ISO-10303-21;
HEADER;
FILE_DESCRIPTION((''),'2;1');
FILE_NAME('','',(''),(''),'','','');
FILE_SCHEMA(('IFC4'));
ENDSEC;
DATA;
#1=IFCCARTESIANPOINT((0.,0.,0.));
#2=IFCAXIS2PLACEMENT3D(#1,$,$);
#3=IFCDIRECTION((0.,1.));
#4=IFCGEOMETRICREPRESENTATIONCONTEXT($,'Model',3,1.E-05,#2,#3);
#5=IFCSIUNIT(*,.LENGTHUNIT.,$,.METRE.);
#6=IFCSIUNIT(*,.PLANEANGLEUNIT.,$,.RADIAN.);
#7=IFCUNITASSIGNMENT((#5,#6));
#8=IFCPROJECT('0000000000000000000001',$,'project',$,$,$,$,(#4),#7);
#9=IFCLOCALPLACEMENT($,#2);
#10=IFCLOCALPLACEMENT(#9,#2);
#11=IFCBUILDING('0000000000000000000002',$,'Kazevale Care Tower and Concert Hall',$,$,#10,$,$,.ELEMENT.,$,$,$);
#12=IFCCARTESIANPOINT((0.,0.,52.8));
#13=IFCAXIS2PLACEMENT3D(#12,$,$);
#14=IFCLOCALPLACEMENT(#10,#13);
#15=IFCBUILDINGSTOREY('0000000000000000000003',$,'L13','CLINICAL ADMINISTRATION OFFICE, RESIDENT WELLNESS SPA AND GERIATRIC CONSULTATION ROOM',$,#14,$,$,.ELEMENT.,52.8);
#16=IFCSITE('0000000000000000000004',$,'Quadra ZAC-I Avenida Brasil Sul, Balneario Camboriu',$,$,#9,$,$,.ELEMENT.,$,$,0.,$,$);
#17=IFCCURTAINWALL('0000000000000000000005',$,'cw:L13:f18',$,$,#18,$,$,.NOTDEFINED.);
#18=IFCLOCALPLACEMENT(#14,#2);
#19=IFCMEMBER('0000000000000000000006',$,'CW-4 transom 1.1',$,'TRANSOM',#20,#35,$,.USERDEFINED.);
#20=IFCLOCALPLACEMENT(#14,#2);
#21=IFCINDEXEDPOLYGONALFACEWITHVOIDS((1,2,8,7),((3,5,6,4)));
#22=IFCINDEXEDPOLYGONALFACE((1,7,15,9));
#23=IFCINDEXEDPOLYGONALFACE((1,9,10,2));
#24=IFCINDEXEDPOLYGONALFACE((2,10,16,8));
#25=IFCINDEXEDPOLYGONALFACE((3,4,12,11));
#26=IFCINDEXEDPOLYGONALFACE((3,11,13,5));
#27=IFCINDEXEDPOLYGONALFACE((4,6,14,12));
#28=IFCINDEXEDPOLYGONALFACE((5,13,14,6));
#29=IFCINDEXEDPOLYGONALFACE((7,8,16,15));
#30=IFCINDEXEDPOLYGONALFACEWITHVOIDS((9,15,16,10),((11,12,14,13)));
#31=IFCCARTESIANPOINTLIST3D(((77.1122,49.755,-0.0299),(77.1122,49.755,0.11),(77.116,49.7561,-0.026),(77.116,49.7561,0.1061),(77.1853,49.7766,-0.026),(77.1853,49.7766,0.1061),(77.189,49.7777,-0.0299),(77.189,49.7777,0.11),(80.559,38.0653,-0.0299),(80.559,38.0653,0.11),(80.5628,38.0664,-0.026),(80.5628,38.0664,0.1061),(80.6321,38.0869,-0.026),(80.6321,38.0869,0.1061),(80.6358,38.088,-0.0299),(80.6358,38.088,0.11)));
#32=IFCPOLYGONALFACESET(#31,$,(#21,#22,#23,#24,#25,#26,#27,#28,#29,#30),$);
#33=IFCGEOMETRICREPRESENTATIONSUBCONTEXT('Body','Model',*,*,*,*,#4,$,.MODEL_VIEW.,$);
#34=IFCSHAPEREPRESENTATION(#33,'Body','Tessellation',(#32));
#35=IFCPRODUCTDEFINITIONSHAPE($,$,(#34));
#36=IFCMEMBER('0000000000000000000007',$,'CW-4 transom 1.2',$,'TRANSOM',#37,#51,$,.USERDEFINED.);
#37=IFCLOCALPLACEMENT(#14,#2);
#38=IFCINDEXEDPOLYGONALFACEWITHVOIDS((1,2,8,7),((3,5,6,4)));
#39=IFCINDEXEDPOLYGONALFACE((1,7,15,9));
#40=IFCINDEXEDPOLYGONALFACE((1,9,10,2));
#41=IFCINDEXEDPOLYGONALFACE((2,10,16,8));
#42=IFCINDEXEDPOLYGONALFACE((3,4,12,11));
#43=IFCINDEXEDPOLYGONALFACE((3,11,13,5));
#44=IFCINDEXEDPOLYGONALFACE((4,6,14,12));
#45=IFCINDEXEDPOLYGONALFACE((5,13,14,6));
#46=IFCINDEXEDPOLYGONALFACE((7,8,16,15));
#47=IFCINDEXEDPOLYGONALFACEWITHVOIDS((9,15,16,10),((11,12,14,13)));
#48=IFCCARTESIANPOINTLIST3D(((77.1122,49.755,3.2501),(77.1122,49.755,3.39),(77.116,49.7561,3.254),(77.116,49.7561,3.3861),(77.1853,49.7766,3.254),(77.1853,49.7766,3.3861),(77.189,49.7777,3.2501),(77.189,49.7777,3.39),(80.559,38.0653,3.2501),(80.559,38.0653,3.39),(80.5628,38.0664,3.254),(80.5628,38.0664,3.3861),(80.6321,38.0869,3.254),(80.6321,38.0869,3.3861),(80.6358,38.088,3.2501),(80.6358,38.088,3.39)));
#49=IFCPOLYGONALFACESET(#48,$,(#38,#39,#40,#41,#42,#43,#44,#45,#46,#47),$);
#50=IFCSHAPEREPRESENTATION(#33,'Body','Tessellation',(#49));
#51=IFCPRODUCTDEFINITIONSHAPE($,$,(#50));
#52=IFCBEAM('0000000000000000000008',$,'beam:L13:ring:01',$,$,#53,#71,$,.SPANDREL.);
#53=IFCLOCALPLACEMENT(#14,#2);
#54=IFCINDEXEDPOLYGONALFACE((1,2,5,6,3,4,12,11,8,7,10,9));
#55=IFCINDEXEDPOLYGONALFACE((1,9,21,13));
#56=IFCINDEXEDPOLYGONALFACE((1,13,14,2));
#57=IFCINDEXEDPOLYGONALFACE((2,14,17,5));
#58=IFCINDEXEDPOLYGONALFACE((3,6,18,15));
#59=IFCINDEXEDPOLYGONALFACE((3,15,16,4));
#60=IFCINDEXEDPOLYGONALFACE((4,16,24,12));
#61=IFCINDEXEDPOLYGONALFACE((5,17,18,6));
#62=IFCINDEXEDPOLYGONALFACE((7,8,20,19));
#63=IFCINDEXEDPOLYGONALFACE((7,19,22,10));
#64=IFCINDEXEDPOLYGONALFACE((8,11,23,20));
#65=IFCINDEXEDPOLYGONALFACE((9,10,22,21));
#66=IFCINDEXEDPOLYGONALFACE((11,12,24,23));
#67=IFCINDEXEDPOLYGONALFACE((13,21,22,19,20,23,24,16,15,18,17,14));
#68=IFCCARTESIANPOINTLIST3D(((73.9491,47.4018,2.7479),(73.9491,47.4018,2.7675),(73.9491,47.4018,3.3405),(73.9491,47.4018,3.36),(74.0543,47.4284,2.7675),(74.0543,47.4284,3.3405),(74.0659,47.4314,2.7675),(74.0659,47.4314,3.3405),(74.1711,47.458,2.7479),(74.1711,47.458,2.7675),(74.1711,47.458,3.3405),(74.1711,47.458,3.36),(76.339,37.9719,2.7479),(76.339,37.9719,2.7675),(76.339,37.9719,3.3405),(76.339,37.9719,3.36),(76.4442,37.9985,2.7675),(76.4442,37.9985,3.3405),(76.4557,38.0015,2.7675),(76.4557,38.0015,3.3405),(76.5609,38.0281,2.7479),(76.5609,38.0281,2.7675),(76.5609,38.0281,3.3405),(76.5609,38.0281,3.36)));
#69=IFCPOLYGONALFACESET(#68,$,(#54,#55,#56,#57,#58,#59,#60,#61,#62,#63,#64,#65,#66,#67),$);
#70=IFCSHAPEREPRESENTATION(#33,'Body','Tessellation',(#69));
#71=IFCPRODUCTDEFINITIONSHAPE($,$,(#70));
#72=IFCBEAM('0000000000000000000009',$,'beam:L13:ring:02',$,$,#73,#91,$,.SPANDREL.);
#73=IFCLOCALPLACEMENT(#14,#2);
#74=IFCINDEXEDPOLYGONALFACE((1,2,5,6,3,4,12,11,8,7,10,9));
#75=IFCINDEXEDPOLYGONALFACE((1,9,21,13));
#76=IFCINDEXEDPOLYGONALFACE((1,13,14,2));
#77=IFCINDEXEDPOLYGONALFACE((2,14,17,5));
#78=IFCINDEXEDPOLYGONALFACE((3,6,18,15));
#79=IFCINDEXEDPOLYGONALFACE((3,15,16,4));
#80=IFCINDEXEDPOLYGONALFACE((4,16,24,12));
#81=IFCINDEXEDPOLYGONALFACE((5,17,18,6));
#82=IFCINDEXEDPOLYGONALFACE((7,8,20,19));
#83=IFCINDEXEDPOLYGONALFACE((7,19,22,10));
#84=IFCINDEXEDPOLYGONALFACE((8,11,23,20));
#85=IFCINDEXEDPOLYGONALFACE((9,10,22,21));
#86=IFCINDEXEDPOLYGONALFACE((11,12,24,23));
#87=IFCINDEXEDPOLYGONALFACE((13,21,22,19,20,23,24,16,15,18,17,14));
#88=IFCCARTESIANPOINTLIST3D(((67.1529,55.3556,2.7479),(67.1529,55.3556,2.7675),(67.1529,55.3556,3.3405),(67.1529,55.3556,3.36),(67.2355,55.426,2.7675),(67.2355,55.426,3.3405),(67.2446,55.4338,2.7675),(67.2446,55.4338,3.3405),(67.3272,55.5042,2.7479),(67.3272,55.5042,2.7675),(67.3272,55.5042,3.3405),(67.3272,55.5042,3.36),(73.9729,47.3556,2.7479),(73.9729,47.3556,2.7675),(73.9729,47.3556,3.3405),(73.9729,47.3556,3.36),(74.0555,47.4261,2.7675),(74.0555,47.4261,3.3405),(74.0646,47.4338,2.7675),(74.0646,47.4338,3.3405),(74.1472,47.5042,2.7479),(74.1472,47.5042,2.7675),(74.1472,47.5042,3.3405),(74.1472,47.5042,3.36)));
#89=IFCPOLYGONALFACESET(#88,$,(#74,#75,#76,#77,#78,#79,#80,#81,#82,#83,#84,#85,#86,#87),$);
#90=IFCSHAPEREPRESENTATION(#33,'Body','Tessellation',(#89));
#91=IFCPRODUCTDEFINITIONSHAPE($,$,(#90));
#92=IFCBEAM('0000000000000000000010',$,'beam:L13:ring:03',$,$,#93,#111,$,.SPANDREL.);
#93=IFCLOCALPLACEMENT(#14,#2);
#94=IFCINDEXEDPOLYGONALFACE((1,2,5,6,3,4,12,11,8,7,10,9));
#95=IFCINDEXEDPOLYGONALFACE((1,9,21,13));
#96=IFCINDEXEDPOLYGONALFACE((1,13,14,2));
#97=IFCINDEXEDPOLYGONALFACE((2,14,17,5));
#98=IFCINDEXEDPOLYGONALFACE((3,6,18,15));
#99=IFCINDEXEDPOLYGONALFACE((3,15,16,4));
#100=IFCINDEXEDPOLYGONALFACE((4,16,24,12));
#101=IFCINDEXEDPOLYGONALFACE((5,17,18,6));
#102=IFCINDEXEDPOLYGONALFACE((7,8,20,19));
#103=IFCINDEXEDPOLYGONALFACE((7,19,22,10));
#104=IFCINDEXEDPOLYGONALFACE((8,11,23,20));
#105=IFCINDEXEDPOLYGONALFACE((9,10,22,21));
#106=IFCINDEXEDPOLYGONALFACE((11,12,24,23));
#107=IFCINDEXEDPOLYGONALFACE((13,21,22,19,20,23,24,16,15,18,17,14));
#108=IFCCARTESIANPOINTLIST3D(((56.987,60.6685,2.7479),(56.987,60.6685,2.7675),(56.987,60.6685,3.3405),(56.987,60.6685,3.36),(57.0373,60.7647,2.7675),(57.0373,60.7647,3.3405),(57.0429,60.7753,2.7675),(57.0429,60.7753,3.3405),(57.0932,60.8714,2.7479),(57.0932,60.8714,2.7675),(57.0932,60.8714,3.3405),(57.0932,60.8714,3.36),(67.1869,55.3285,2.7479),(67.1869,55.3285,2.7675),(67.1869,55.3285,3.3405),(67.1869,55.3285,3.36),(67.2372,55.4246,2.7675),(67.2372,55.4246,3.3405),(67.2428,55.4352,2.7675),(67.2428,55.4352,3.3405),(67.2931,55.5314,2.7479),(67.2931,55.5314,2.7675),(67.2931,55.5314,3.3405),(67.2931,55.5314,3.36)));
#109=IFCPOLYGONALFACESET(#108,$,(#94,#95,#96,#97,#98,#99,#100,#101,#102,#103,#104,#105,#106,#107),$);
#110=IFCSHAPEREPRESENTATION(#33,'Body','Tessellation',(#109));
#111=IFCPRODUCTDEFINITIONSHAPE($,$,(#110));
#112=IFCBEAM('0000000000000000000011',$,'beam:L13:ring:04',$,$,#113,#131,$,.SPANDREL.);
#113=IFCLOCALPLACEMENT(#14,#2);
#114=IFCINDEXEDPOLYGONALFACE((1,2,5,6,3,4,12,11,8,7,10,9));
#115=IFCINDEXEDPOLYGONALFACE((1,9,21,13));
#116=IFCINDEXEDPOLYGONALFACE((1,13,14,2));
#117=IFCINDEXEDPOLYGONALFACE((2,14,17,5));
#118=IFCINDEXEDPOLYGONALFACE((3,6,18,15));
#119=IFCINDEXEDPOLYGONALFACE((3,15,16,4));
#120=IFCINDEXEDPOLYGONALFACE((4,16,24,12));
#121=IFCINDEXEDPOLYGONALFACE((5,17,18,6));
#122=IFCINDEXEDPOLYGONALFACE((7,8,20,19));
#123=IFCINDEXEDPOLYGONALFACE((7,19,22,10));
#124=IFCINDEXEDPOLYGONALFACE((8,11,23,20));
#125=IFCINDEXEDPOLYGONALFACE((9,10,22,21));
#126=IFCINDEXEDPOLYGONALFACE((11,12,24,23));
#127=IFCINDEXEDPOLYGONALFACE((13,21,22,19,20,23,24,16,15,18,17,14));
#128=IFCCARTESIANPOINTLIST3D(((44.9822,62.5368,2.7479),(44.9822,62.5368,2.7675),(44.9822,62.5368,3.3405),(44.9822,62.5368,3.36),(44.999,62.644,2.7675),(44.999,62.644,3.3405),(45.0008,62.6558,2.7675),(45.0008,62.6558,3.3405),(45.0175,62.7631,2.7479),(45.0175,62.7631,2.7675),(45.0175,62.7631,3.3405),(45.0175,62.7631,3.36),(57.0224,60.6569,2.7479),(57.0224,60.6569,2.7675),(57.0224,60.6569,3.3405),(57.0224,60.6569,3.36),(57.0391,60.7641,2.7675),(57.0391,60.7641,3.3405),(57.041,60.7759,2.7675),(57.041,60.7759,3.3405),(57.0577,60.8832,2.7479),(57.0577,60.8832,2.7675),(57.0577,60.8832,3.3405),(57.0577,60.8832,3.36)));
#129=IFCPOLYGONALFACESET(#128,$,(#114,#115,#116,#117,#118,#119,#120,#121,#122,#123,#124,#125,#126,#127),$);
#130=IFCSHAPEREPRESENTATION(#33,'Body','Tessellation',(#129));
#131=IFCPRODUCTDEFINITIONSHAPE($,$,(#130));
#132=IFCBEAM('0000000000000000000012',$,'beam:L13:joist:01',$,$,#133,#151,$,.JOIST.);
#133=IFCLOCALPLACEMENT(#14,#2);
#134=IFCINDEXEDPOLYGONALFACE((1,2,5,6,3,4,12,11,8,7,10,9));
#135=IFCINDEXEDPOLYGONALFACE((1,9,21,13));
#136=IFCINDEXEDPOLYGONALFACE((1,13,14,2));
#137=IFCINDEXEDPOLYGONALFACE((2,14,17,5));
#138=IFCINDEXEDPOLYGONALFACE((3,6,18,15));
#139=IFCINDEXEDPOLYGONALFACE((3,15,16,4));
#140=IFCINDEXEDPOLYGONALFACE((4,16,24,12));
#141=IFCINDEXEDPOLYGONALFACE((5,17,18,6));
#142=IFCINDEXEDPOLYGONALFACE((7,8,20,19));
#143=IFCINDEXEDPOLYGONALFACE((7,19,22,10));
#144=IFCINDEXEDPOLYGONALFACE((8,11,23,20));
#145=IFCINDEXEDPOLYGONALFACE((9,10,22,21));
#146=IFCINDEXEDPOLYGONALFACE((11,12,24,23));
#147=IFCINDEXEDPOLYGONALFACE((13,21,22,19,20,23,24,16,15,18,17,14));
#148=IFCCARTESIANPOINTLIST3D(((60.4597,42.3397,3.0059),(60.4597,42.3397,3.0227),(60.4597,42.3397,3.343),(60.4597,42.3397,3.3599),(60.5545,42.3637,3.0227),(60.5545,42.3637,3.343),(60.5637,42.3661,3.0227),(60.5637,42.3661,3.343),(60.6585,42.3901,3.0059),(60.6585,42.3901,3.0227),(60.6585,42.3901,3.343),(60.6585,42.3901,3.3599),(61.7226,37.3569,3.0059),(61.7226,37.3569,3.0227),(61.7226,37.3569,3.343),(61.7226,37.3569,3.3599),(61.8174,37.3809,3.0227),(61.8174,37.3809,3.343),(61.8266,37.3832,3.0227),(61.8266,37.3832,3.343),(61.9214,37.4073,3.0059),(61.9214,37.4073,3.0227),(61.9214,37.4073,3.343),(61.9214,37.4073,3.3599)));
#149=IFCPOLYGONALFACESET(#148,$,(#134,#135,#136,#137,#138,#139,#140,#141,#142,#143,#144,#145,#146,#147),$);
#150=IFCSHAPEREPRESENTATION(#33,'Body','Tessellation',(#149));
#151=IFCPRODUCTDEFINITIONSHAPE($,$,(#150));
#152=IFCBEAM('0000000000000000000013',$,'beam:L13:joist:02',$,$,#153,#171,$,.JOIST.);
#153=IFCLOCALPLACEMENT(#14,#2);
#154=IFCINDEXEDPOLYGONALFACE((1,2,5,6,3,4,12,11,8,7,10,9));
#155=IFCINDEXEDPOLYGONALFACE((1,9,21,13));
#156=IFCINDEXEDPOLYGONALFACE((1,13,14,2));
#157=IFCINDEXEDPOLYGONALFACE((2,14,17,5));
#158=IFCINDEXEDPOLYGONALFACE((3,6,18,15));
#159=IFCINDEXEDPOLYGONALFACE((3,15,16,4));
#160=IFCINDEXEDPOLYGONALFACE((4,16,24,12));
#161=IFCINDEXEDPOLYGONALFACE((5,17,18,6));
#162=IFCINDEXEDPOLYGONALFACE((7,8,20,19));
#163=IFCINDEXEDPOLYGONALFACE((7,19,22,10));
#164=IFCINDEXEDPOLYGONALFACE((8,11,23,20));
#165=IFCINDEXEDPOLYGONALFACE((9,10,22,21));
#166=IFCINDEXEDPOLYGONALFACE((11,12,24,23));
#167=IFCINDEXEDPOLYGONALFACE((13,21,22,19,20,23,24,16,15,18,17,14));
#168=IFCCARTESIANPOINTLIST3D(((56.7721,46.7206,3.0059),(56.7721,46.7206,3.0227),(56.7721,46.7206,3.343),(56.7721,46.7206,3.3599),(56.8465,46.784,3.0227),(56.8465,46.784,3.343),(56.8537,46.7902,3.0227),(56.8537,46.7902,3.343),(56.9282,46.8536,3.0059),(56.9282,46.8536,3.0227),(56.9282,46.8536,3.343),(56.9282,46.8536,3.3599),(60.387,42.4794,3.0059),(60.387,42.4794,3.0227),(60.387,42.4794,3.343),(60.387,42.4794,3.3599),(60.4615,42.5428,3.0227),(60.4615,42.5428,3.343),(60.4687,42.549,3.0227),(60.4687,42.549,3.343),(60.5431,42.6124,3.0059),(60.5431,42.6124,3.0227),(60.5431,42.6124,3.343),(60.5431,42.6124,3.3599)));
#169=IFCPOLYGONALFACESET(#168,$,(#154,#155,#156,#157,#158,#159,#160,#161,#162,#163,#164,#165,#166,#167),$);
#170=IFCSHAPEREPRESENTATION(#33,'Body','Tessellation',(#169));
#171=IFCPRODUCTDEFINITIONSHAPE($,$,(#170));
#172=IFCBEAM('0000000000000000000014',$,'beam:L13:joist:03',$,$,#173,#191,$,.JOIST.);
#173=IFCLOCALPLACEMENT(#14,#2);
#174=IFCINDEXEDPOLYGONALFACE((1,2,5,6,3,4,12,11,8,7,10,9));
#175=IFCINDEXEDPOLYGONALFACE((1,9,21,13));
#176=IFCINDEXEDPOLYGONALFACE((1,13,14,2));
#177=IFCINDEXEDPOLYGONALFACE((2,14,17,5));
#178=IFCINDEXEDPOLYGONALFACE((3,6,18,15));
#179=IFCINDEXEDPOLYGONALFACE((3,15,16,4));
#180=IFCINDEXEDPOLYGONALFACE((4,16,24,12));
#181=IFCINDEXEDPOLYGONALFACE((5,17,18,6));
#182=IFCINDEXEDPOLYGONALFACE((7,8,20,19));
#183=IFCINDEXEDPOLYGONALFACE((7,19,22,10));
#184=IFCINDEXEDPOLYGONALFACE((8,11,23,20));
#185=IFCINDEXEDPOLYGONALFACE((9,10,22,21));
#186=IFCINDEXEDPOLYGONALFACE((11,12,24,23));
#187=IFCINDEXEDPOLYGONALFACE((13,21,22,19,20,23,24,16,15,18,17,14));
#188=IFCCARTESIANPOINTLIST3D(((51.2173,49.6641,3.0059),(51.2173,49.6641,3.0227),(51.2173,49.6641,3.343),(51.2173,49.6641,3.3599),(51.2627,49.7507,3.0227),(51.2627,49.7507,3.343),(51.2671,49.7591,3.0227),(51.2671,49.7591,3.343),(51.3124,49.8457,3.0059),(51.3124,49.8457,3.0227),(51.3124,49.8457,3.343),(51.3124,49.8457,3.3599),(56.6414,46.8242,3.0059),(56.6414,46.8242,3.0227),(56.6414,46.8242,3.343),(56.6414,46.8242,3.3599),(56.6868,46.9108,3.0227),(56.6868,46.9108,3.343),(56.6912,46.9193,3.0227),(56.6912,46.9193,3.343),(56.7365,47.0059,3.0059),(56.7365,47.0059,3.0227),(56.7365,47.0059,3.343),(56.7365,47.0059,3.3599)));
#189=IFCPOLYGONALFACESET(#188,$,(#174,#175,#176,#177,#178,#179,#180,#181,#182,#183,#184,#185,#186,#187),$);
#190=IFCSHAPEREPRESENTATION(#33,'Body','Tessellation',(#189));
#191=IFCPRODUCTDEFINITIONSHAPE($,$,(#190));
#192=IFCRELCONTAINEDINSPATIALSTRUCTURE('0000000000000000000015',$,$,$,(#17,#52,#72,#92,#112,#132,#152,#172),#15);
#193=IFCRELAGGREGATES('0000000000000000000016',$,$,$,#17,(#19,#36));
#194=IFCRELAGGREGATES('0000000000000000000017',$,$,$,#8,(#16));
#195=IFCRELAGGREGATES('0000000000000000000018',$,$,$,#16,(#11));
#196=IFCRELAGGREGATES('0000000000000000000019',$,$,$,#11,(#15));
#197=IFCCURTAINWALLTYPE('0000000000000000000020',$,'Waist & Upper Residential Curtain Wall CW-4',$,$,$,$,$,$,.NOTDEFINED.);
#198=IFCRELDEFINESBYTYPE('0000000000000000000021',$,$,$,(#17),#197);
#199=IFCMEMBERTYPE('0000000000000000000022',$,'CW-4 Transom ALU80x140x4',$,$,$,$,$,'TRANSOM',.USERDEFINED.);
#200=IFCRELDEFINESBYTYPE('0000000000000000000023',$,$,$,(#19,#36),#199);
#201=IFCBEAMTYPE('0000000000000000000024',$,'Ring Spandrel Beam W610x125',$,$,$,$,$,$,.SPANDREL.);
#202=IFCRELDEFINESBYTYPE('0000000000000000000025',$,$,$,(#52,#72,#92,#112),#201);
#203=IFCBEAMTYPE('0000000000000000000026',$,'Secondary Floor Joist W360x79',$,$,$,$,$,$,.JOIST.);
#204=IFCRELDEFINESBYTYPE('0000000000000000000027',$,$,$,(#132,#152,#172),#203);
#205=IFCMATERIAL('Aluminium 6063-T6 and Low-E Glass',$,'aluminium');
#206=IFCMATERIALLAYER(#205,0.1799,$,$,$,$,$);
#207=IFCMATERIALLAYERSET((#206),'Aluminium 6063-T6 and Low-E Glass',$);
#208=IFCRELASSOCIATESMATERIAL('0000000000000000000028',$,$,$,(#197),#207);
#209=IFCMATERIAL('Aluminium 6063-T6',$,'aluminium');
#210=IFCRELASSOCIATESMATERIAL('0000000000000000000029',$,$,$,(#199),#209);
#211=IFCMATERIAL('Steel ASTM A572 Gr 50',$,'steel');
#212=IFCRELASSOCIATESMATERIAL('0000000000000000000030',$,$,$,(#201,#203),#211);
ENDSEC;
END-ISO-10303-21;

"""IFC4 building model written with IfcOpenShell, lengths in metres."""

from ifc_helpers import new_model, si_unit, direction, frame, origin, origin_2d, place, context, subcontext, project, spatial, hollow_rectangle, i_section, extrude, material, layer, layer_set, material_profile, profile_set, type_object, element, aggregate, save


model = new_model("IFC4")

# Units and contexts
model_context = context("Model", 3, precision=1e-05, world=origin(), true_north=direction((0.0, 1.0)))
body_context = subcontext(model_context, "Body", "Model", "MODEL_VIEW")
ifc_project = project(units=[si_unit("LENGTHUNIT", "METRE"), si_unit("PLANEANGLEUNIT", "RADIAN")], contexts=[model_context])

# Site, building, storey
site_placement = place(None, origin())
site = spatial("IfcSite", under=ifc_project, at=site_placement, Name="Quadra ZAC-I Avenida Brasil Sul, Balneario Camboriu", CompositionType="ELEMENT", RefElevation=0.0)
building_placement = place(site_placement, origin())
building = spatial("IfcBuilding", under=site, at=building_placement, Name="Kazevale Care Tower and Concert Hall", CompositionType="ELEMENT")
storey_placement = place(building_placement, frame((0.0, 0.0, 52.8)))
storey = spatial("IfcBuildingStorey", under=building, at=storey_placement, Name="L13", Description="CLINICAL ADMINISTRATION OFFICE, RESIDENT WELLNESS SPA AND GERIATRIC CONSULTATION ROOM", CompositionType="ELEMENT", Elevation=52.8)

# Shared definitions
ifc_material_1 = material(Name="Aluminium 6063-T6 and Low-E Glass", Category="aluminium")
ifc_material_2 = material(Name="Aluminium 6063-T6", Category="aluminium")

# Shared definitions
ifc_layer_1 = layer(ifc_material_1, 0.1799)
ifc_layer_set_1 = layer_set([ifc_layer_1], Name="Aluminium 6063-T6 and Low-E Glass")
curtain_wall_type_1 = type_object("IfcCurtainWallType", Name="Waist & Upper Residential Curtain Wall CW-4", PredefinedType="NOTDEFINED", material=ifc_layer_set_1)

# Curtain wall
curtain_wall_1_placement = place(storey_placement, origin())
curtain_wall_1 = element("IfcCurtainWall", 1, at=curtain_wall_1_placement, inside=storey, type_object=curtain_wall_type_1, Name="cw:L13:f18", PredefinedType="NOTDEFINED")

# Members
ifc_material_profile_1 = material_profile(ifc_material_2, hollow_rectangle(XDim=0.0801, YDim=0.1399, WallThickness=0.0039, at=origin_2d()), Name="ALU80x140x4")
ifc_profile_set_1 = profile_set([ifc_material_profile_1], Name="Aluminium 6063-T6")
member_type_1 = type_object("IfcMemberType", Name="CW-4 Transom ALU80x140x4", ElementType="TRANSOM", PredefinedType="USERDEFINED", material=ifc_profile_set_1)
member_1_placement = place(storey_placement, frame((77.1506, 49.7664, 0.04), z_axis=(0.282818, -0.959174, 0.0), x_axis=(0.959174, 0.282818, 0.0)))
member_1 = element("IfcMember", 2, at=member_1_placement, type_object=member_type_1, Name="CW-4 transom 1.1", ObjectType="TRANSOM", PredefinedType="USERDEFINED", context=body_context, shape_type="SweptSolid", body=[
    extrude(hollow_rectangle(XDim=0.0801, YDim=0.1399, WallThickness=0.0039, at=origin_2d()), origin(), (0.0, 0.0, 1.0), 12.1873),
])
member_2_placement = place(storey_placement, frame((77.1506, 49.7664, 3.3201), z_axis=(0.282818, -0.959174, 0.0), x_axis=(0.959174, 0.282818, 0.0)))
member_2 = element("IfcMember", 3, at=member_2_placement, type_object=member_type_1, Name="CW-4 transom 1.2", ObjectType="TRANSOM", PredefinedType="USERDEFINED", context=body_context, shape_type="SweptSolid", body=[
    extrude(hollow_rectangle(XDim=0.0801, YDim=0.1399, WallThickness=0.0039, at=origin_2d()), origin(), (0.0, 0.0, 1.0), 12.1873),
])

# Beams
ifc_material_3 = material(Name="Steel ASTM A572 Gr 50", Category="steel")
ifc_material_profile_2 = material_profile(ifc_material_3, i_section(OverallWidth=0.229, OverallDepth=0.6121, WebThickness=0.012, FlangeThickness=0.0195, at=origin_2d()), Name="W610x125")
ifc_profile_set_2 = profile_set([ifc_material_profile_2], Name="Steel ASTM A572 Gr 50")
beam_type_1 = type_object("IfcBeamType", Name="Ring Spandrel Beam W610x125", PredefinedType="SPANDREL", material=ifc_profile_set_2)
beam_1_placement = place(storey_placement, frame((76.45, 38.0, 3.054), z_axis=(-0.24567, 0.969354, 0.0), x_axis=(-0.969354, -0.24567, 0.0)))
element("IfcBeam", 4, at=beam_1_placement, inside=storey, type_object=beam_type_1, Name="beam:L13:ring:01", PredefinedType="SPANDREL", context=body_context, shape_type="SweptSolid", body=[
    extrude(i_section(OverallWidth=0.229, OverallDepth=0.6121, WebThickness=0.012, FlangeThickness=0.0195, at=origin_2d()), origin(), (0.0, 0.0, 1.0), 9.728),
])
beam_2_placement = place(storey_placement, frame((74.0601, 47.4299, 3.054), z_axis=(-0.648756, 0.760996, 0.0), x_axis=(-0.760996, -0.648756, 0.0)))
element("IfcBeam", 5, at=beam_2_placement, inside=storey, type_object=beam_type_1, Name="beam:L13:ring:02", PredefinedType="SPANDREL", context=body_context, shape_type="SweptSolid", body=[
    extrude(i_section(OverallWidth=0.229, OverallDepth=0.6121, WebThickness=0.012, FlangeThickness=0.0195, at=origin_2d()), origin(), (0.0, 0.0, 1.0), 10.5125),
])
beam_3_placement = place(storey_placement, frame((67.24, 55.4299, 3.054), z_axis=(-0.885929, 0.46382, 0.0), x_axis=(-0.46382, -0.885929, 0.0)))
element("IfcBeam", 6, at=beam_3_placement, inside=storey, type_object=beam_type_1, Name="beam:L13:ring:03", PredefinedType="SPANDREL", context=body_context, shape_type="SweptSolid", body=[
    extrude(i_section(OverallWidth=0.229, OverallDepth=0.6121, WebThickness=0.012, FlangeThickness=0.0195, at=origin_2d()), origin(), (0.0, 0.0, 1.0), 11.5132),
])
beam_4_placement = place(storey_placement, frame((57.04, 60.77, 3.054), z_axis=(-0.988029, 0.154267, 0.0), x_axis=(-0.154267, -0.988029, 0.0)))
element("IfcBeam", 7, at=beam_4_placement, inside=storey, type_object=beam_type_1, Name="beam:L13:ring:04", PredefinedType="SPANDREL", context=body_context, shape_type="SweptSolid", body=[
    extrude(i_section(OverallWidth=0.229, OverallDepth=0.6121, WebThickness=0.012, FlangeThickness=0.0195, at=origin_2d()), origin(), (0.0, 0.0, 1.0), 12.186),
])
ifc_material_profile_3 = material_profile(ifc_material_3, i_section(OverallWidth=0.2051, OverallDepth=0.354, WebThickness=0.0095, FlangeThickness=0.0168, at=origin_2d()), Name="W360x79")
ifc_profile_set_3 = profile_set([ifc_material_profile_3], Name="Steel ASTM A572 Gr 50")
beam_type_2 = type_object("IfcBeamType", Name="Secondary Floor Joist W360x79", PredefinedType="JOIST", material=ifc_profile_set_3)
beam_5_placement = place(storey_placement, frame((61.822, 37.3821, 3.1829), z_axis=(-0.245686, 0.96935, 0.0), x_axis=(-0.96935, -0.245686, 0.0)))
element("IfcBeam", 8, at=beam_5_placement, inside=storey, type_object=beam_type_2, Name="beam:L13:joist:01", PredefinedType="JOIST", context=body_context, shape_type="SweptSolid", body=[
    extrude(i_section(OverallWidth=0.2051, OverallDepth=0.354, WebThickness=0.0095, FlangeThickness=0.0168, at=origin_2d()), origin(), (0.0, 0.0, 1.0), 5.1404),
])
beam_6_placement = place(storey_placement, frame((60.4651, 42.5459, 3.1829), z_axis=(-0.648686, 0.761057, 0.0), x_axis=(-0.761057, -0.648686, 0.0)))
element("IfcBeam", 9, at=beam_6_placement, inside=storey, type_object=beam_type_2, Name="beam:L13:joist:02", PredefinedType="JOIST", context=body_context, shape_type="SweptSolid", body=[
    extrude(i_section(OverallWidth=0.2051, OverallDepth=0.354, WebThickness=0.0095, FlangeThickness=0.0168, at=origin_2d()), origin(), (0.0, 0.0, 1.0), 5.5728),
])
beam_7_placement = place(storey_placement, frame((56.689, 46.915, 3.1829), z_axis=(-0.885921, 0.463836, 0.0), x_axis=(-0.463836, -0.885921, 0.0)))
element("IfcBeam", 10, at=beam_7_placement, inside=storey, type_object=beam_type_2, Name="beam:L13:joist:03", PredefinedType="JOIST", context=body_context, shape_type="SweptSolid", body=[
    extrude(i_section(OverallWidth=0.2051, OverallDepth=0.354, WebThickness=0.0095, FlangeThickness=0.0168, at=origin_2d()), origin(), (0.0, 0.0, 1.0), 6.1226),
])

aggregate(curtain_wall_1, [member_1, member_2])

save(model, "model.ifc")
